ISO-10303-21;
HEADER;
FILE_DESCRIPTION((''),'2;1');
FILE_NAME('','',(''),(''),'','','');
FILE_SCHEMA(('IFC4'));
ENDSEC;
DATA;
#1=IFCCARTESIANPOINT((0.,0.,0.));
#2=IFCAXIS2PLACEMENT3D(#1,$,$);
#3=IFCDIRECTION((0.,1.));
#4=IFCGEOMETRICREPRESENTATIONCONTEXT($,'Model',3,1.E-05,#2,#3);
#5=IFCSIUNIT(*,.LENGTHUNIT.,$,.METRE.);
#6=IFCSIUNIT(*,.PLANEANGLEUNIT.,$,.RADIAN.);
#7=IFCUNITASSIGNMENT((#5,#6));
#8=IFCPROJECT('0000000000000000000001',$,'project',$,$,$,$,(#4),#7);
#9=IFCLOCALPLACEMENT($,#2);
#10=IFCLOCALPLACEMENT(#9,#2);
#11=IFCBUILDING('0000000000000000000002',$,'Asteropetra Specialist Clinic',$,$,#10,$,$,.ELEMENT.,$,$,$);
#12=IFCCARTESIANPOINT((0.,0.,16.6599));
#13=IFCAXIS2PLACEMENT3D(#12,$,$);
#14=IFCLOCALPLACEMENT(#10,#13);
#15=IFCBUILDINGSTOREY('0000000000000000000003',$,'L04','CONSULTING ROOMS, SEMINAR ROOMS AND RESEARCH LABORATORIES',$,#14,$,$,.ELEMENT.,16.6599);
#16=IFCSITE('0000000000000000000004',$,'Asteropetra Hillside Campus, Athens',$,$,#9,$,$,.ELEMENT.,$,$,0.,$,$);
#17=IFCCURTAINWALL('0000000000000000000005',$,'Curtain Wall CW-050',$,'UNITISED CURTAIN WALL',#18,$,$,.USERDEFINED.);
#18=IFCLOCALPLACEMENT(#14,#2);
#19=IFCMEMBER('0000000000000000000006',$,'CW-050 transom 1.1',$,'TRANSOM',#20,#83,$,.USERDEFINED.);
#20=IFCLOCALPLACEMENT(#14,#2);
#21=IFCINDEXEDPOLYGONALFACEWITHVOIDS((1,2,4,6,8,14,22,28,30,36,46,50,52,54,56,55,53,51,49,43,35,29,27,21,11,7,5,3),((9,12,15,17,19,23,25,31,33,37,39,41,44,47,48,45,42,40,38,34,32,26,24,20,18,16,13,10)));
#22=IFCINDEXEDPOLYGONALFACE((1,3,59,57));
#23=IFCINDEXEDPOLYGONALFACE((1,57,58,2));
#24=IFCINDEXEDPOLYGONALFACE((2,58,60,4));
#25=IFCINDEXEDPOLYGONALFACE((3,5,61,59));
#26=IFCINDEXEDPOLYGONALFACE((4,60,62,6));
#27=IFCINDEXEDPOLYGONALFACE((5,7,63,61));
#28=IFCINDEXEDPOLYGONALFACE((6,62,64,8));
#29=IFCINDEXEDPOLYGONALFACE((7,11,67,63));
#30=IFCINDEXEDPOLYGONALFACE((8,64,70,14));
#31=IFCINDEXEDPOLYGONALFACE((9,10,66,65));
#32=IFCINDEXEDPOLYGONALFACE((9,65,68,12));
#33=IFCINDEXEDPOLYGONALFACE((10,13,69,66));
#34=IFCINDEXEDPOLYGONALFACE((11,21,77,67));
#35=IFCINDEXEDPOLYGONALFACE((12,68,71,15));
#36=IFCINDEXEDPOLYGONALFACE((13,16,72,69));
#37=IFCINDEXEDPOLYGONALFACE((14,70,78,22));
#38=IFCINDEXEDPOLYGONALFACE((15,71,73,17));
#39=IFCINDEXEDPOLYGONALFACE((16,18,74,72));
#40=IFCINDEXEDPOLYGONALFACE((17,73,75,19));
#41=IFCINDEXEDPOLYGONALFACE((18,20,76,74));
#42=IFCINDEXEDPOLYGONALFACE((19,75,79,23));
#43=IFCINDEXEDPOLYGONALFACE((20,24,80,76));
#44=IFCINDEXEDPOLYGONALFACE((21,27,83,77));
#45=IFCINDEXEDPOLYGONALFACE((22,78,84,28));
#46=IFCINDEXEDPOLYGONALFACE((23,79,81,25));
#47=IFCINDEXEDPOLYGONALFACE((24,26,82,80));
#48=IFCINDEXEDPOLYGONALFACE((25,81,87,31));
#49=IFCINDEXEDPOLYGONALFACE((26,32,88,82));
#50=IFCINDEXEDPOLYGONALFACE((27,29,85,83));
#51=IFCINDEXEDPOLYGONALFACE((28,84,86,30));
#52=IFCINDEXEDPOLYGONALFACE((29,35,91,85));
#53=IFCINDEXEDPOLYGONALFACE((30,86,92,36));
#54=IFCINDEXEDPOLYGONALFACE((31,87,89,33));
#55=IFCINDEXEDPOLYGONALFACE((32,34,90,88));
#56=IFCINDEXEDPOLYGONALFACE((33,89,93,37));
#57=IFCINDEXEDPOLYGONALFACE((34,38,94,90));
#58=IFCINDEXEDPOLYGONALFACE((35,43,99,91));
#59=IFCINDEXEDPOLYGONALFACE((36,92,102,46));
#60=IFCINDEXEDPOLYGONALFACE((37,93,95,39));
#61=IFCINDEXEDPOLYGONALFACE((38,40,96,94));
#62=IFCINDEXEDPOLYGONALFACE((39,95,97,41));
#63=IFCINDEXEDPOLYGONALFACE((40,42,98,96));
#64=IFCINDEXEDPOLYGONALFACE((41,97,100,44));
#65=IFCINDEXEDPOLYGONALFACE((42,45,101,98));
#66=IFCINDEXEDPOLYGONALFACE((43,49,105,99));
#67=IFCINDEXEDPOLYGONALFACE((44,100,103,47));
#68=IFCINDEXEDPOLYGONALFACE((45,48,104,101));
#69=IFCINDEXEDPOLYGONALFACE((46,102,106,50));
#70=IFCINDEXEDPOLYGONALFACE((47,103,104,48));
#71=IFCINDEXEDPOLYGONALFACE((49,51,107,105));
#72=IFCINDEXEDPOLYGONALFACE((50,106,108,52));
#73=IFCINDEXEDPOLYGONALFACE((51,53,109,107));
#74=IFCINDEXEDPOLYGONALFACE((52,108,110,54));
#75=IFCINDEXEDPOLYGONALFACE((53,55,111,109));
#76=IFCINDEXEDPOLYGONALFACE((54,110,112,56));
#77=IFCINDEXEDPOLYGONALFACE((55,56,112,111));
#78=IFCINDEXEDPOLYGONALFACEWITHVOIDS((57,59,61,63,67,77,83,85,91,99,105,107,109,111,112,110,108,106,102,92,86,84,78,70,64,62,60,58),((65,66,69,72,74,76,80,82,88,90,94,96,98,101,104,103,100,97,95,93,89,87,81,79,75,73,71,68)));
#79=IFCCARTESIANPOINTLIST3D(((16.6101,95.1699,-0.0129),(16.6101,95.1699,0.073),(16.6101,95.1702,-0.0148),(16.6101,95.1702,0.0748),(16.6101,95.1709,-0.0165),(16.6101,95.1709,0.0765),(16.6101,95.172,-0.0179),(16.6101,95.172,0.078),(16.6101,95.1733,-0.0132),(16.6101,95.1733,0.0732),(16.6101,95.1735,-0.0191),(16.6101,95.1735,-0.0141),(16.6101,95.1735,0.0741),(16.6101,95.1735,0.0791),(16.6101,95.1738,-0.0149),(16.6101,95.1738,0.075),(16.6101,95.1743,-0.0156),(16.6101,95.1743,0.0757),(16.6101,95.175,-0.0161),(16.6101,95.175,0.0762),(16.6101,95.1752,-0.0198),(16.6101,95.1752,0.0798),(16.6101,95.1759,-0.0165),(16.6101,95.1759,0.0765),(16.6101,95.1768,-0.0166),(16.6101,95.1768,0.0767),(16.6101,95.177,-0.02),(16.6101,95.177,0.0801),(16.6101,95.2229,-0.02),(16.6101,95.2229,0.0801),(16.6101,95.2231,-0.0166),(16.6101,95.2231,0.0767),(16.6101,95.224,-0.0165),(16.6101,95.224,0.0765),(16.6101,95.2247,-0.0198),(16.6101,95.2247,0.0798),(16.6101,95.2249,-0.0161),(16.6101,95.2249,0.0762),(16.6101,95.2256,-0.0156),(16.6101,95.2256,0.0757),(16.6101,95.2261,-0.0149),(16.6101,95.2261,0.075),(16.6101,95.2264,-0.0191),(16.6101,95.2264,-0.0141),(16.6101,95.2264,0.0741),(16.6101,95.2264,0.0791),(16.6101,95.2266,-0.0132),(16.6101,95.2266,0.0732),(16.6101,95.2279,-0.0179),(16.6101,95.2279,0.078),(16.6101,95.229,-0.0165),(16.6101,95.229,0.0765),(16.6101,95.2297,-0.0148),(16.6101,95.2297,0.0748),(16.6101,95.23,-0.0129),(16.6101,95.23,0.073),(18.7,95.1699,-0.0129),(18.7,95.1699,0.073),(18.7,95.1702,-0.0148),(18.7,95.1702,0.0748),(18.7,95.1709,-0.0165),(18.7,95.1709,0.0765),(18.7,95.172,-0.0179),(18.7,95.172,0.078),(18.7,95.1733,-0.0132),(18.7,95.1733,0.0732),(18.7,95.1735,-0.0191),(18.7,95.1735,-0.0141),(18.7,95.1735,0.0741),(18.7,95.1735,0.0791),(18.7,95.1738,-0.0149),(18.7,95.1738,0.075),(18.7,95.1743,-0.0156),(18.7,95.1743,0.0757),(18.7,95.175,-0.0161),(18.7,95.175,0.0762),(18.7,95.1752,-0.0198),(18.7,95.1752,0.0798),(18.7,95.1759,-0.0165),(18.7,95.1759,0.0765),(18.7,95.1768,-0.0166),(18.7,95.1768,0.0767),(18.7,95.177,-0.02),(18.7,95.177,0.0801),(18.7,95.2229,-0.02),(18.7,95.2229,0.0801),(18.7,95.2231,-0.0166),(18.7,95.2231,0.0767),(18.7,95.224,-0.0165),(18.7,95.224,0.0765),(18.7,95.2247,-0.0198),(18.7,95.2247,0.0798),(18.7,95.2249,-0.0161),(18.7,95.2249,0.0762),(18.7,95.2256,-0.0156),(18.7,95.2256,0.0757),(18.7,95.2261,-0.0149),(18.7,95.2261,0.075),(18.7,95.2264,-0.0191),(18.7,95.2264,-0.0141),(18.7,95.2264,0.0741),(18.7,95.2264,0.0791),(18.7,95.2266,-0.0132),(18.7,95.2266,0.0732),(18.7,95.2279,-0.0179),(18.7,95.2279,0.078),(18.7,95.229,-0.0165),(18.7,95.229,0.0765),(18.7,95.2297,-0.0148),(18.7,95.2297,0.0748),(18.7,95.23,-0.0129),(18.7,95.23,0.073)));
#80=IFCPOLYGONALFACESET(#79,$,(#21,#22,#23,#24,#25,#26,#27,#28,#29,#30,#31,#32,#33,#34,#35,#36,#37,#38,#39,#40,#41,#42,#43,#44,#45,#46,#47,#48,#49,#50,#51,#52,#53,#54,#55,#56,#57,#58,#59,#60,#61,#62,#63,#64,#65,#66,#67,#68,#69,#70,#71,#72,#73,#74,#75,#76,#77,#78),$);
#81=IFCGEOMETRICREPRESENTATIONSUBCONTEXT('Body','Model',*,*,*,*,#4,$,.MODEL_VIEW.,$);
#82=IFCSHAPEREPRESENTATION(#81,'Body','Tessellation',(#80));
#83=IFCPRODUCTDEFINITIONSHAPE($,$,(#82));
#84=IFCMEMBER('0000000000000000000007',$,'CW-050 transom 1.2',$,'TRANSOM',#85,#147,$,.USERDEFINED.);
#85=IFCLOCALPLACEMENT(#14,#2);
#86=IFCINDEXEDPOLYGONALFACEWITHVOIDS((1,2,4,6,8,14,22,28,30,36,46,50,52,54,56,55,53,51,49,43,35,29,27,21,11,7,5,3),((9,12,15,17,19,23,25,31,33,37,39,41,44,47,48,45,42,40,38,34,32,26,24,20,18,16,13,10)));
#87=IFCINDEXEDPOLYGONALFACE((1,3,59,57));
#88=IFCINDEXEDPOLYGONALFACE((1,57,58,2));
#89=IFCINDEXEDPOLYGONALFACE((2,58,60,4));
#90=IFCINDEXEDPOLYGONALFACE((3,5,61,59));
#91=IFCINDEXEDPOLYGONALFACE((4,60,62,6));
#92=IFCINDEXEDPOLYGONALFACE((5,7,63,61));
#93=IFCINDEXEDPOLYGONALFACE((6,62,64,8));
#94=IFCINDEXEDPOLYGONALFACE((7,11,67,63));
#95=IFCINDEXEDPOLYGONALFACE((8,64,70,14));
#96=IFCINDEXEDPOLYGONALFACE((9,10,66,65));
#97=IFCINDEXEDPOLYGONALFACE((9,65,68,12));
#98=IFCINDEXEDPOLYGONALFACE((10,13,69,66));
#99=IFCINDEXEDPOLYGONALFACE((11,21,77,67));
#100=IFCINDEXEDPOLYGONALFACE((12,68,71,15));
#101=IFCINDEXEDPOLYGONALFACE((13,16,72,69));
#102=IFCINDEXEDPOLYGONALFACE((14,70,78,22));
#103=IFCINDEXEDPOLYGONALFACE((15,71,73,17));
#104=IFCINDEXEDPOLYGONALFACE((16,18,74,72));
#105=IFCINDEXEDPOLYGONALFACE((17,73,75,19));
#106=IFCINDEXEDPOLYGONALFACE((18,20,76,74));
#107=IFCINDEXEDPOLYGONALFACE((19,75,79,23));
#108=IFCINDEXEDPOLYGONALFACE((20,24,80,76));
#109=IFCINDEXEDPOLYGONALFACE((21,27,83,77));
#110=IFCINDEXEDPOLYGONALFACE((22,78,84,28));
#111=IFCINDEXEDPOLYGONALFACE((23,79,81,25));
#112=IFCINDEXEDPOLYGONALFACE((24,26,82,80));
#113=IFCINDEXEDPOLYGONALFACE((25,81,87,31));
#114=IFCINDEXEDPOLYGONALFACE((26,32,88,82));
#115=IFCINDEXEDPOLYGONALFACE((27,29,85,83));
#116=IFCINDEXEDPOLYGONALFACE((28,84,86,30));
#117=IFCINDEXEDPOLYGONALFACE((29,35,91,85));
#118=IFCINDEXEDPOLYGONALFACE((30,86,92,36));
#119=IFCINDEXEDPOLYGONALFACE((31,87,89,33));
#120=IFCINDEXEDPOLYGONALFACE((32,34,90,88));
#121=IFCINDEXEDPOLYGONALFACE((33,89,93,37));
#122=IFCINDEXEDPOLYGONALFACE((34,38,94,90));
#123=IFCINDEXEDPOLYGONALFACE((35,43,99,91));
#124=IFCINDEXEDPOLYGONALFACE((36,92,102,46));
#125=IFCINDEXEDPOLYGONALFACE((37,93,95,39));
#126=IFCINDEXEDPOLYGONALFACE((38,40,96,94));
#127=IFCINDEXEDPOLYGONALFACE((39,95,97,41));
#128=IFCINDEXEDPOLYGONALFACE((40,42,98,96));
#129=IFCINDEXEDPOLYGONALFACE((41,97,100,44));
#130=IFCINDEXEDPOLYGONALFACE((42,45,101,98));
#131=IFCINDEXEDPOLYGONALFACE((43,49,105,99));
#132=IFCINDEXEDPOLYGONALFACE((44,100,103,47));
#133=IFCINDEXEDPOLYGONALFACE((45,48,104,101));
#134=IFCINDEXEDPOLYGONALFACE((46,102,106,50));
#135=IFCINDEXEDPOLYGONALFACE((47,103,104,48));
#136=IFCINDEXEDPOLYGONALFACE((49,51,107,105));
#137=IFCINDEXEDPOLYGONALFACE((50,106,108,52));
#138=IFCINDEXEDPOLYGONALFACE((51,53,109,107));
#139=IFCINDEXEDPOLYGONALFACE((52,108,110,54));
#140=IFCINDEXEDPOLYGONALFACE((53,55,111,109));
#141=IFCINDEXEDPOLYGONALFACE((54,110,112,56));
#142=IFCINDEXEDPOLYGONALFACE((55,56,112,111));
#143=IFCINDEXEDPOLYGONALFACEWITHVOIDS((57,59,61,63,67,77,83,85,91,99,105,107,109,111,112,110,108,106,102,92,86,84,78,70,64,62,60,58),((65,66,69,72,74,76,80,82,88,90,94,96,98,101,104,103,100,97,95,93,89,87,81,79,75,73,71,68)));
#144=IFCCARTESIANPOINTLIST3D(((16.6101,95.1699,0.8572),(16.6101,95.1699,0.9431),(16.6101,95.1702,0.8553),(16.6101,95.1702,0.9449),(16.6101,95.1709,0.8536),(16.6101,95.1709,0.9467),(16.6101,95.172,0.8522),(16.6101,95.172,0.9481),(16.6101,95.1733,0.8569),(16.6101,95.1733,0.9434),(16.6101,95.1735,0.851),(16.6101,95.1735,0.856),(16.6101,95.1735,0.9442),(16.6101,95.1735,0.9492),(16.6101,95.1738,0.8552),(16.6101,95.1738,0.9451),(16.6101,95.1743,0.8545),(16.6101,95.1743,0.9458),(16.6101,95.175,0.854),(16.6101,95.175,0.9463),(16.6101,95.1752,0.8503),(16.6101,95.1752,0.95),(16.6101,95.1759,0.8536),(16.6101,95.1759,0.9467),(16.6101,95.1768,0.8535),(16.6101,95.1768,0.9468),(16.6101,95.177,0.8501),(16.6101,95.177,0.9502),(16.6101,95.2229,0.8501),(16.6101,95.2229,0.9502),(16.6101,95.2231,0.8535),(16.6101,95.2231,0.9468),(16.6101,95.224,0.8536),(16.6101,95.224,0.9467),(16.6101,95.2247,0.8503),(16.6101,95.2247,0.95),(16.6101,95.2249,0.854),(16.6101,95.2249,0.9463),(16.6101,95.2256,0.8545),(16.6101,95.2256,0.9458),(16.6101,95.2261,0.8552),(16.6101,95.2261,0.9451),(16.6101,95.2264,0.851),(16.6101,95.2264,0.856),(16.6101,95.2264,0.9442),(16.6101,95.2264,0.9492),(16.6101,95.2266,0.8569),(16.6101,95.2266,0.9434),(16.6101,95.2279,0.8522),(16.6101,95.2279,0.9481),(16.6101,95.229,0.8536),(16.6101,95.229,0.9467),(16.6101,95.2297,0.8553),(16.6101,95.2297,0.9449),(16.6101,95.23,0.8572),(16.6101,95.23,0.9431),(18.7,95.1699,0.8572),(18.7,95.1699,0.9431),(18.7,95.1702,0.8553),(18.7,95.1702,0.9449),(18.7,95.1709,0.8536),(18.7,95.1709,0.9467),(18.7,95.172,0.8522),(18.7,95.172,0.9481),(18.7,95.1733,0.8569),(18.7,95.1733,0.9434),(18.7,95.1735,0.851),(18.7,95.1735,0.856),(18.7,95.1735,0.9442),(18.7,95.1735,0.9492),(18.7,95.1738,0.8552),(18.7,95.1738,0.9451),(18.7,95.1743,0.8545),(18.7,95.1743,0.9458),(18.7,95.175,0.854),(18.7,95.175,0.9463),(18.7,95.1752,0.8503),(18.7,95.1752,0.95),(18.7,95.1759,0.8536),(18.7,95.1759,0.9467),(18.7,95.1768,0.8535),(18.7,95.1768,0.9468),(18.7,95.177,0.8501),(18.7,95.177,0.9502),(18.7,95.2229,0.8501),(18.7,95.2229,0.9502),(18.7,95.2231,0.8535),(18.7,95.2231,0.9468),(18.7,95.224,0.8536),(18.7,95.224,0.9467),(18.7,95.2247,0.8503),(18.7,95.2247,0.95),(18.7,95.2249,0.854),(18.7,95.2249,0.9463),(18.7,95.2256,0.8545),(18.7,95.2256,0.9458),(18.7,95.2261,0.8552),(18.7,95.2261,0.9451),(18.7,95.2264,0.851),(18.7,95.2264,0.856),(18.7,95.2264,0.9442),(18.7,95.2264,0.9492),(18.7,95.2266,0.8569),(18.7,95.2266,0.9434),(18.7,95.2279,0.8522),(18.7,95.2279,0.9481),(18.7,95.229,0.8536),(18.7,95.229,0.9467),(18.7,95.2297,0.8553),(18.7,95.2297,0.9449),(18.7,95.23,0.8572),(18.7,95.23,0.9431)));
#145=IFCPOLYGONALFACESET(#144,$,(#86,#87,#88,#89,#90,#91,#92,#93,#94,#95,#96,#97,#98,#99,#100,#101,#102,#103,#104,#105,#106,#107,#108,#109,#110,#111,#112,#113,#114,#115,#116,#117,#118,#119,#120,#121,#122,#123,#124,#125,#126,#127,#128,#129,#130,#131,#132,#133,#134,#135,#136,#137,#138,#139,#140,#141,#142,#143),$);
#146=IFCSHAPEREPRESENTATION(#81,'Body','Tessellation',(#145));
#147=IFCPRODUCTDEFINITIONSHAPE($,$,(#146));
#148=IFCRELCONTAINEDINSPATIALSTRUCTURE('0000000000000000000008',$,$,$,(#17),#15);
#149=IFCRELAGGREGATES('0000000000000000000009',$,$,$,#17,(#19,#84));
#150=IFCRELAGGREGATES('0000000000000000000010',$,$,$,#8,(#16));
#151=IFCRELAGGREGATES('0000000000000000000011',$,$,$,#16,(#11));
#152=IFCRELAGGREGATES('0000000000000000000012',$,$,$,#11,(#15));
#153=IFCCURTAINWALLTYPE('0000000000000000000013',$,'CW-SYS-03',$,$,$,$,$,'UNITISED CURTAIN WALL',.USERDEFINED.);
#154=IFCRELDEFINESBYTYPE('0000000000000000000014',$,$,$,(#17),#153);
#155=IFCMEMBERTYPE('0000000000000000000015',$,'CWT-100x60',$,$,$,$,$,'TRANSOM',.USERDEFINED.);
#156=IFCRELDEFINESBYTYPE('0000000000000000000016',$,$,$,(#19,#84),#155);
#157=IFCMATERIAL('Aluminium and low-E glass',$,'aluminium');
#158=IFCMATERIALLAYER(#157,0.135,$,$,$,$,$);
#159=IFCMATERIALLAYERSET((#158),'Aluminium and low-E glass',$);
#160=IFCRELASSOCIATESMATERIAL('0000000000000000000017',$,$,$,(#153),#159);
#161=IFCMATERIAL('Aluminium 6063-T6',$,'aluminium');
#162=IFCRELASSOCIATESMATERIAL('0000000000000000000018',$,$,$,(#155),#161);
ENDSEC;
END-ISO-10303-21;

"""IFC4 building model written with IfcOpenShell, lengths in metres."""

from ifc_helpers import new_model, si_unit, direction, frame, origin, origin_2d, place, context, subcontext, project, spatial, hollow_rectangle, extrude, material, layer, layer_set, material_profile, profile_set, type_object, element, aggregate, save


model = new_model("IFC4")

# Units and contexts
model_context = context("Model", 3, precision=1e-05, world=origin(), true_north=direction((0.0, 1.0)))
body_context = subcontext(model_context, "Body", "Model", "MODEL_VIEW")
ifc_project = project(units=[si_unit("LENGTHUNIT", "METRE"), si_unit("PLANEANGLEUNIT", "RADIAN")], contexts=[model_context])

# Site, building, storey
site_placement = place(None, origin())
site = spatial("IfcSite", under=ifc_project, at=site_placement, Name="Asteropetra Hillside Campus, Athens", CompositionType="ELEMENT", RefElevation=0.0)
building_placement = place(site_placement, origin())
building = spatial("IfcBuilding", under=site, at=building_placement, Name="Asteropetra Specialist Clinic", CompositionType="ELEMENT")
storey_placement = place(building_placement, frame((0.0, 0.0, 16.6599)))
storey = spatial("IfcBuildingStorey", under=building, at=storey_placement, Name="L04", Description="CONSULTING ROOMS, SEMINAR ROOMS AND RESEARCH LABORATORIES", CompositionType="ELEMENT", Elevation=16.6599)

# Curtain wall
ifc_material_1 = material(Name="Aluminium and low-E glass", Category="aluminium")
ifc_layer_1 = layer(ifc_material_1, 0.135)
ifc_layer_set_1 = layer_set([ifc_layer_1], Name="Aluminium and low-E glass")
curtain_wall_type_1 = type_object("IfcCurtainWallType", Name="CW-SYS-03", ElementType="UNITISED CURTAIN WALL", PredefinedType="USERDEFINED", material=ifc_layer_set_1)
curtain_wall_1_placement = place(storey_placement, origin())
curtain_wall_1 = element("IfcCurtainWall", 1, at=curtain_wall_1_placement, inside=storey, type_object=curtain_wall_type_1, Name="Curtain Wall CW-050", ObjectType="UNITISED CURTAIN WALL", PredefinedType="USERDEFINED")

# Members
ifc_material_2 = material(Name="Aluminium 6063-T6", Category="aluminium")
ifc_material_profile_1 = material_profile(ifc_material_2, hollow_rectangle(XDim=0.0601, YDim=0.1001, WallThickness=0.0034, InnerFilletRadius=0.0034, OuterFilletRadius=0.0071, at=origin_2d()), Name="TRN 100x60x3.5")
ifc_profile_set_1 = profile_set([ifc_material_profile_1], Name="Aluminium 6063-T6")
member_type_1 = type_object("IfcMemberType", Name="CWT-100x60", ElementType="TRANSOM", PredefinedType="USERDEFINED", material=ifc_profile_set_1)
member_1_placement = place(storey_placement, frame((18.7, 95.2, 0.03), z_axis=(-1.0, 0.0, 0.0), x_axis=(0.0, -1.0, 0.0)))
member_1 = element("IfcMember", 2, at=member_1_placement, type_object=member_type_1, Name="CW-050 transom 1.1", ObjectType="TRANSOM", PredefinedType="USERDEFINED", context=body_context, shape_type="SweptSolid", body=[
    extrude(hollow_rectangle(XDim=0.0601, YDim=0.1001, WallThickness=0.0034, InnerFilletRadius=0.0034, OuterFilletRadius=0.0071, at=origin_2d()), origin(), (0.0, 0.0, 1.0), 2.0898),
])
member_2_placement = place(storey_placement, frame((18.7, 95.2, 0.9001), z_axis=(-1.0, 0.0, 0.0), x_axis=(0.0, -1.0, 0.0)))
member_2 = element("IfcMember", 3, at=member_2_placement, type_object=member_type_1, Name="CW-050 transom 1.2", ObjectType="TRANSOM", PredefinedType="USERDEFINED", context=body_context, shape_type="SweptSolid", body=[
    extrude(hollow_rectangle(XDim=0.0601, YDim=0.1001, WallThickness=0.0034, InnerFilletRadius=0.0034, OuterFilletRadius=0.0071, at=origin_2d()), origin(), (0.0, 0.0, 1.0), 2.0898),
])

aggregate(curtain_wall_1, [member_1, member_2])

save(model, "model.ifc")
